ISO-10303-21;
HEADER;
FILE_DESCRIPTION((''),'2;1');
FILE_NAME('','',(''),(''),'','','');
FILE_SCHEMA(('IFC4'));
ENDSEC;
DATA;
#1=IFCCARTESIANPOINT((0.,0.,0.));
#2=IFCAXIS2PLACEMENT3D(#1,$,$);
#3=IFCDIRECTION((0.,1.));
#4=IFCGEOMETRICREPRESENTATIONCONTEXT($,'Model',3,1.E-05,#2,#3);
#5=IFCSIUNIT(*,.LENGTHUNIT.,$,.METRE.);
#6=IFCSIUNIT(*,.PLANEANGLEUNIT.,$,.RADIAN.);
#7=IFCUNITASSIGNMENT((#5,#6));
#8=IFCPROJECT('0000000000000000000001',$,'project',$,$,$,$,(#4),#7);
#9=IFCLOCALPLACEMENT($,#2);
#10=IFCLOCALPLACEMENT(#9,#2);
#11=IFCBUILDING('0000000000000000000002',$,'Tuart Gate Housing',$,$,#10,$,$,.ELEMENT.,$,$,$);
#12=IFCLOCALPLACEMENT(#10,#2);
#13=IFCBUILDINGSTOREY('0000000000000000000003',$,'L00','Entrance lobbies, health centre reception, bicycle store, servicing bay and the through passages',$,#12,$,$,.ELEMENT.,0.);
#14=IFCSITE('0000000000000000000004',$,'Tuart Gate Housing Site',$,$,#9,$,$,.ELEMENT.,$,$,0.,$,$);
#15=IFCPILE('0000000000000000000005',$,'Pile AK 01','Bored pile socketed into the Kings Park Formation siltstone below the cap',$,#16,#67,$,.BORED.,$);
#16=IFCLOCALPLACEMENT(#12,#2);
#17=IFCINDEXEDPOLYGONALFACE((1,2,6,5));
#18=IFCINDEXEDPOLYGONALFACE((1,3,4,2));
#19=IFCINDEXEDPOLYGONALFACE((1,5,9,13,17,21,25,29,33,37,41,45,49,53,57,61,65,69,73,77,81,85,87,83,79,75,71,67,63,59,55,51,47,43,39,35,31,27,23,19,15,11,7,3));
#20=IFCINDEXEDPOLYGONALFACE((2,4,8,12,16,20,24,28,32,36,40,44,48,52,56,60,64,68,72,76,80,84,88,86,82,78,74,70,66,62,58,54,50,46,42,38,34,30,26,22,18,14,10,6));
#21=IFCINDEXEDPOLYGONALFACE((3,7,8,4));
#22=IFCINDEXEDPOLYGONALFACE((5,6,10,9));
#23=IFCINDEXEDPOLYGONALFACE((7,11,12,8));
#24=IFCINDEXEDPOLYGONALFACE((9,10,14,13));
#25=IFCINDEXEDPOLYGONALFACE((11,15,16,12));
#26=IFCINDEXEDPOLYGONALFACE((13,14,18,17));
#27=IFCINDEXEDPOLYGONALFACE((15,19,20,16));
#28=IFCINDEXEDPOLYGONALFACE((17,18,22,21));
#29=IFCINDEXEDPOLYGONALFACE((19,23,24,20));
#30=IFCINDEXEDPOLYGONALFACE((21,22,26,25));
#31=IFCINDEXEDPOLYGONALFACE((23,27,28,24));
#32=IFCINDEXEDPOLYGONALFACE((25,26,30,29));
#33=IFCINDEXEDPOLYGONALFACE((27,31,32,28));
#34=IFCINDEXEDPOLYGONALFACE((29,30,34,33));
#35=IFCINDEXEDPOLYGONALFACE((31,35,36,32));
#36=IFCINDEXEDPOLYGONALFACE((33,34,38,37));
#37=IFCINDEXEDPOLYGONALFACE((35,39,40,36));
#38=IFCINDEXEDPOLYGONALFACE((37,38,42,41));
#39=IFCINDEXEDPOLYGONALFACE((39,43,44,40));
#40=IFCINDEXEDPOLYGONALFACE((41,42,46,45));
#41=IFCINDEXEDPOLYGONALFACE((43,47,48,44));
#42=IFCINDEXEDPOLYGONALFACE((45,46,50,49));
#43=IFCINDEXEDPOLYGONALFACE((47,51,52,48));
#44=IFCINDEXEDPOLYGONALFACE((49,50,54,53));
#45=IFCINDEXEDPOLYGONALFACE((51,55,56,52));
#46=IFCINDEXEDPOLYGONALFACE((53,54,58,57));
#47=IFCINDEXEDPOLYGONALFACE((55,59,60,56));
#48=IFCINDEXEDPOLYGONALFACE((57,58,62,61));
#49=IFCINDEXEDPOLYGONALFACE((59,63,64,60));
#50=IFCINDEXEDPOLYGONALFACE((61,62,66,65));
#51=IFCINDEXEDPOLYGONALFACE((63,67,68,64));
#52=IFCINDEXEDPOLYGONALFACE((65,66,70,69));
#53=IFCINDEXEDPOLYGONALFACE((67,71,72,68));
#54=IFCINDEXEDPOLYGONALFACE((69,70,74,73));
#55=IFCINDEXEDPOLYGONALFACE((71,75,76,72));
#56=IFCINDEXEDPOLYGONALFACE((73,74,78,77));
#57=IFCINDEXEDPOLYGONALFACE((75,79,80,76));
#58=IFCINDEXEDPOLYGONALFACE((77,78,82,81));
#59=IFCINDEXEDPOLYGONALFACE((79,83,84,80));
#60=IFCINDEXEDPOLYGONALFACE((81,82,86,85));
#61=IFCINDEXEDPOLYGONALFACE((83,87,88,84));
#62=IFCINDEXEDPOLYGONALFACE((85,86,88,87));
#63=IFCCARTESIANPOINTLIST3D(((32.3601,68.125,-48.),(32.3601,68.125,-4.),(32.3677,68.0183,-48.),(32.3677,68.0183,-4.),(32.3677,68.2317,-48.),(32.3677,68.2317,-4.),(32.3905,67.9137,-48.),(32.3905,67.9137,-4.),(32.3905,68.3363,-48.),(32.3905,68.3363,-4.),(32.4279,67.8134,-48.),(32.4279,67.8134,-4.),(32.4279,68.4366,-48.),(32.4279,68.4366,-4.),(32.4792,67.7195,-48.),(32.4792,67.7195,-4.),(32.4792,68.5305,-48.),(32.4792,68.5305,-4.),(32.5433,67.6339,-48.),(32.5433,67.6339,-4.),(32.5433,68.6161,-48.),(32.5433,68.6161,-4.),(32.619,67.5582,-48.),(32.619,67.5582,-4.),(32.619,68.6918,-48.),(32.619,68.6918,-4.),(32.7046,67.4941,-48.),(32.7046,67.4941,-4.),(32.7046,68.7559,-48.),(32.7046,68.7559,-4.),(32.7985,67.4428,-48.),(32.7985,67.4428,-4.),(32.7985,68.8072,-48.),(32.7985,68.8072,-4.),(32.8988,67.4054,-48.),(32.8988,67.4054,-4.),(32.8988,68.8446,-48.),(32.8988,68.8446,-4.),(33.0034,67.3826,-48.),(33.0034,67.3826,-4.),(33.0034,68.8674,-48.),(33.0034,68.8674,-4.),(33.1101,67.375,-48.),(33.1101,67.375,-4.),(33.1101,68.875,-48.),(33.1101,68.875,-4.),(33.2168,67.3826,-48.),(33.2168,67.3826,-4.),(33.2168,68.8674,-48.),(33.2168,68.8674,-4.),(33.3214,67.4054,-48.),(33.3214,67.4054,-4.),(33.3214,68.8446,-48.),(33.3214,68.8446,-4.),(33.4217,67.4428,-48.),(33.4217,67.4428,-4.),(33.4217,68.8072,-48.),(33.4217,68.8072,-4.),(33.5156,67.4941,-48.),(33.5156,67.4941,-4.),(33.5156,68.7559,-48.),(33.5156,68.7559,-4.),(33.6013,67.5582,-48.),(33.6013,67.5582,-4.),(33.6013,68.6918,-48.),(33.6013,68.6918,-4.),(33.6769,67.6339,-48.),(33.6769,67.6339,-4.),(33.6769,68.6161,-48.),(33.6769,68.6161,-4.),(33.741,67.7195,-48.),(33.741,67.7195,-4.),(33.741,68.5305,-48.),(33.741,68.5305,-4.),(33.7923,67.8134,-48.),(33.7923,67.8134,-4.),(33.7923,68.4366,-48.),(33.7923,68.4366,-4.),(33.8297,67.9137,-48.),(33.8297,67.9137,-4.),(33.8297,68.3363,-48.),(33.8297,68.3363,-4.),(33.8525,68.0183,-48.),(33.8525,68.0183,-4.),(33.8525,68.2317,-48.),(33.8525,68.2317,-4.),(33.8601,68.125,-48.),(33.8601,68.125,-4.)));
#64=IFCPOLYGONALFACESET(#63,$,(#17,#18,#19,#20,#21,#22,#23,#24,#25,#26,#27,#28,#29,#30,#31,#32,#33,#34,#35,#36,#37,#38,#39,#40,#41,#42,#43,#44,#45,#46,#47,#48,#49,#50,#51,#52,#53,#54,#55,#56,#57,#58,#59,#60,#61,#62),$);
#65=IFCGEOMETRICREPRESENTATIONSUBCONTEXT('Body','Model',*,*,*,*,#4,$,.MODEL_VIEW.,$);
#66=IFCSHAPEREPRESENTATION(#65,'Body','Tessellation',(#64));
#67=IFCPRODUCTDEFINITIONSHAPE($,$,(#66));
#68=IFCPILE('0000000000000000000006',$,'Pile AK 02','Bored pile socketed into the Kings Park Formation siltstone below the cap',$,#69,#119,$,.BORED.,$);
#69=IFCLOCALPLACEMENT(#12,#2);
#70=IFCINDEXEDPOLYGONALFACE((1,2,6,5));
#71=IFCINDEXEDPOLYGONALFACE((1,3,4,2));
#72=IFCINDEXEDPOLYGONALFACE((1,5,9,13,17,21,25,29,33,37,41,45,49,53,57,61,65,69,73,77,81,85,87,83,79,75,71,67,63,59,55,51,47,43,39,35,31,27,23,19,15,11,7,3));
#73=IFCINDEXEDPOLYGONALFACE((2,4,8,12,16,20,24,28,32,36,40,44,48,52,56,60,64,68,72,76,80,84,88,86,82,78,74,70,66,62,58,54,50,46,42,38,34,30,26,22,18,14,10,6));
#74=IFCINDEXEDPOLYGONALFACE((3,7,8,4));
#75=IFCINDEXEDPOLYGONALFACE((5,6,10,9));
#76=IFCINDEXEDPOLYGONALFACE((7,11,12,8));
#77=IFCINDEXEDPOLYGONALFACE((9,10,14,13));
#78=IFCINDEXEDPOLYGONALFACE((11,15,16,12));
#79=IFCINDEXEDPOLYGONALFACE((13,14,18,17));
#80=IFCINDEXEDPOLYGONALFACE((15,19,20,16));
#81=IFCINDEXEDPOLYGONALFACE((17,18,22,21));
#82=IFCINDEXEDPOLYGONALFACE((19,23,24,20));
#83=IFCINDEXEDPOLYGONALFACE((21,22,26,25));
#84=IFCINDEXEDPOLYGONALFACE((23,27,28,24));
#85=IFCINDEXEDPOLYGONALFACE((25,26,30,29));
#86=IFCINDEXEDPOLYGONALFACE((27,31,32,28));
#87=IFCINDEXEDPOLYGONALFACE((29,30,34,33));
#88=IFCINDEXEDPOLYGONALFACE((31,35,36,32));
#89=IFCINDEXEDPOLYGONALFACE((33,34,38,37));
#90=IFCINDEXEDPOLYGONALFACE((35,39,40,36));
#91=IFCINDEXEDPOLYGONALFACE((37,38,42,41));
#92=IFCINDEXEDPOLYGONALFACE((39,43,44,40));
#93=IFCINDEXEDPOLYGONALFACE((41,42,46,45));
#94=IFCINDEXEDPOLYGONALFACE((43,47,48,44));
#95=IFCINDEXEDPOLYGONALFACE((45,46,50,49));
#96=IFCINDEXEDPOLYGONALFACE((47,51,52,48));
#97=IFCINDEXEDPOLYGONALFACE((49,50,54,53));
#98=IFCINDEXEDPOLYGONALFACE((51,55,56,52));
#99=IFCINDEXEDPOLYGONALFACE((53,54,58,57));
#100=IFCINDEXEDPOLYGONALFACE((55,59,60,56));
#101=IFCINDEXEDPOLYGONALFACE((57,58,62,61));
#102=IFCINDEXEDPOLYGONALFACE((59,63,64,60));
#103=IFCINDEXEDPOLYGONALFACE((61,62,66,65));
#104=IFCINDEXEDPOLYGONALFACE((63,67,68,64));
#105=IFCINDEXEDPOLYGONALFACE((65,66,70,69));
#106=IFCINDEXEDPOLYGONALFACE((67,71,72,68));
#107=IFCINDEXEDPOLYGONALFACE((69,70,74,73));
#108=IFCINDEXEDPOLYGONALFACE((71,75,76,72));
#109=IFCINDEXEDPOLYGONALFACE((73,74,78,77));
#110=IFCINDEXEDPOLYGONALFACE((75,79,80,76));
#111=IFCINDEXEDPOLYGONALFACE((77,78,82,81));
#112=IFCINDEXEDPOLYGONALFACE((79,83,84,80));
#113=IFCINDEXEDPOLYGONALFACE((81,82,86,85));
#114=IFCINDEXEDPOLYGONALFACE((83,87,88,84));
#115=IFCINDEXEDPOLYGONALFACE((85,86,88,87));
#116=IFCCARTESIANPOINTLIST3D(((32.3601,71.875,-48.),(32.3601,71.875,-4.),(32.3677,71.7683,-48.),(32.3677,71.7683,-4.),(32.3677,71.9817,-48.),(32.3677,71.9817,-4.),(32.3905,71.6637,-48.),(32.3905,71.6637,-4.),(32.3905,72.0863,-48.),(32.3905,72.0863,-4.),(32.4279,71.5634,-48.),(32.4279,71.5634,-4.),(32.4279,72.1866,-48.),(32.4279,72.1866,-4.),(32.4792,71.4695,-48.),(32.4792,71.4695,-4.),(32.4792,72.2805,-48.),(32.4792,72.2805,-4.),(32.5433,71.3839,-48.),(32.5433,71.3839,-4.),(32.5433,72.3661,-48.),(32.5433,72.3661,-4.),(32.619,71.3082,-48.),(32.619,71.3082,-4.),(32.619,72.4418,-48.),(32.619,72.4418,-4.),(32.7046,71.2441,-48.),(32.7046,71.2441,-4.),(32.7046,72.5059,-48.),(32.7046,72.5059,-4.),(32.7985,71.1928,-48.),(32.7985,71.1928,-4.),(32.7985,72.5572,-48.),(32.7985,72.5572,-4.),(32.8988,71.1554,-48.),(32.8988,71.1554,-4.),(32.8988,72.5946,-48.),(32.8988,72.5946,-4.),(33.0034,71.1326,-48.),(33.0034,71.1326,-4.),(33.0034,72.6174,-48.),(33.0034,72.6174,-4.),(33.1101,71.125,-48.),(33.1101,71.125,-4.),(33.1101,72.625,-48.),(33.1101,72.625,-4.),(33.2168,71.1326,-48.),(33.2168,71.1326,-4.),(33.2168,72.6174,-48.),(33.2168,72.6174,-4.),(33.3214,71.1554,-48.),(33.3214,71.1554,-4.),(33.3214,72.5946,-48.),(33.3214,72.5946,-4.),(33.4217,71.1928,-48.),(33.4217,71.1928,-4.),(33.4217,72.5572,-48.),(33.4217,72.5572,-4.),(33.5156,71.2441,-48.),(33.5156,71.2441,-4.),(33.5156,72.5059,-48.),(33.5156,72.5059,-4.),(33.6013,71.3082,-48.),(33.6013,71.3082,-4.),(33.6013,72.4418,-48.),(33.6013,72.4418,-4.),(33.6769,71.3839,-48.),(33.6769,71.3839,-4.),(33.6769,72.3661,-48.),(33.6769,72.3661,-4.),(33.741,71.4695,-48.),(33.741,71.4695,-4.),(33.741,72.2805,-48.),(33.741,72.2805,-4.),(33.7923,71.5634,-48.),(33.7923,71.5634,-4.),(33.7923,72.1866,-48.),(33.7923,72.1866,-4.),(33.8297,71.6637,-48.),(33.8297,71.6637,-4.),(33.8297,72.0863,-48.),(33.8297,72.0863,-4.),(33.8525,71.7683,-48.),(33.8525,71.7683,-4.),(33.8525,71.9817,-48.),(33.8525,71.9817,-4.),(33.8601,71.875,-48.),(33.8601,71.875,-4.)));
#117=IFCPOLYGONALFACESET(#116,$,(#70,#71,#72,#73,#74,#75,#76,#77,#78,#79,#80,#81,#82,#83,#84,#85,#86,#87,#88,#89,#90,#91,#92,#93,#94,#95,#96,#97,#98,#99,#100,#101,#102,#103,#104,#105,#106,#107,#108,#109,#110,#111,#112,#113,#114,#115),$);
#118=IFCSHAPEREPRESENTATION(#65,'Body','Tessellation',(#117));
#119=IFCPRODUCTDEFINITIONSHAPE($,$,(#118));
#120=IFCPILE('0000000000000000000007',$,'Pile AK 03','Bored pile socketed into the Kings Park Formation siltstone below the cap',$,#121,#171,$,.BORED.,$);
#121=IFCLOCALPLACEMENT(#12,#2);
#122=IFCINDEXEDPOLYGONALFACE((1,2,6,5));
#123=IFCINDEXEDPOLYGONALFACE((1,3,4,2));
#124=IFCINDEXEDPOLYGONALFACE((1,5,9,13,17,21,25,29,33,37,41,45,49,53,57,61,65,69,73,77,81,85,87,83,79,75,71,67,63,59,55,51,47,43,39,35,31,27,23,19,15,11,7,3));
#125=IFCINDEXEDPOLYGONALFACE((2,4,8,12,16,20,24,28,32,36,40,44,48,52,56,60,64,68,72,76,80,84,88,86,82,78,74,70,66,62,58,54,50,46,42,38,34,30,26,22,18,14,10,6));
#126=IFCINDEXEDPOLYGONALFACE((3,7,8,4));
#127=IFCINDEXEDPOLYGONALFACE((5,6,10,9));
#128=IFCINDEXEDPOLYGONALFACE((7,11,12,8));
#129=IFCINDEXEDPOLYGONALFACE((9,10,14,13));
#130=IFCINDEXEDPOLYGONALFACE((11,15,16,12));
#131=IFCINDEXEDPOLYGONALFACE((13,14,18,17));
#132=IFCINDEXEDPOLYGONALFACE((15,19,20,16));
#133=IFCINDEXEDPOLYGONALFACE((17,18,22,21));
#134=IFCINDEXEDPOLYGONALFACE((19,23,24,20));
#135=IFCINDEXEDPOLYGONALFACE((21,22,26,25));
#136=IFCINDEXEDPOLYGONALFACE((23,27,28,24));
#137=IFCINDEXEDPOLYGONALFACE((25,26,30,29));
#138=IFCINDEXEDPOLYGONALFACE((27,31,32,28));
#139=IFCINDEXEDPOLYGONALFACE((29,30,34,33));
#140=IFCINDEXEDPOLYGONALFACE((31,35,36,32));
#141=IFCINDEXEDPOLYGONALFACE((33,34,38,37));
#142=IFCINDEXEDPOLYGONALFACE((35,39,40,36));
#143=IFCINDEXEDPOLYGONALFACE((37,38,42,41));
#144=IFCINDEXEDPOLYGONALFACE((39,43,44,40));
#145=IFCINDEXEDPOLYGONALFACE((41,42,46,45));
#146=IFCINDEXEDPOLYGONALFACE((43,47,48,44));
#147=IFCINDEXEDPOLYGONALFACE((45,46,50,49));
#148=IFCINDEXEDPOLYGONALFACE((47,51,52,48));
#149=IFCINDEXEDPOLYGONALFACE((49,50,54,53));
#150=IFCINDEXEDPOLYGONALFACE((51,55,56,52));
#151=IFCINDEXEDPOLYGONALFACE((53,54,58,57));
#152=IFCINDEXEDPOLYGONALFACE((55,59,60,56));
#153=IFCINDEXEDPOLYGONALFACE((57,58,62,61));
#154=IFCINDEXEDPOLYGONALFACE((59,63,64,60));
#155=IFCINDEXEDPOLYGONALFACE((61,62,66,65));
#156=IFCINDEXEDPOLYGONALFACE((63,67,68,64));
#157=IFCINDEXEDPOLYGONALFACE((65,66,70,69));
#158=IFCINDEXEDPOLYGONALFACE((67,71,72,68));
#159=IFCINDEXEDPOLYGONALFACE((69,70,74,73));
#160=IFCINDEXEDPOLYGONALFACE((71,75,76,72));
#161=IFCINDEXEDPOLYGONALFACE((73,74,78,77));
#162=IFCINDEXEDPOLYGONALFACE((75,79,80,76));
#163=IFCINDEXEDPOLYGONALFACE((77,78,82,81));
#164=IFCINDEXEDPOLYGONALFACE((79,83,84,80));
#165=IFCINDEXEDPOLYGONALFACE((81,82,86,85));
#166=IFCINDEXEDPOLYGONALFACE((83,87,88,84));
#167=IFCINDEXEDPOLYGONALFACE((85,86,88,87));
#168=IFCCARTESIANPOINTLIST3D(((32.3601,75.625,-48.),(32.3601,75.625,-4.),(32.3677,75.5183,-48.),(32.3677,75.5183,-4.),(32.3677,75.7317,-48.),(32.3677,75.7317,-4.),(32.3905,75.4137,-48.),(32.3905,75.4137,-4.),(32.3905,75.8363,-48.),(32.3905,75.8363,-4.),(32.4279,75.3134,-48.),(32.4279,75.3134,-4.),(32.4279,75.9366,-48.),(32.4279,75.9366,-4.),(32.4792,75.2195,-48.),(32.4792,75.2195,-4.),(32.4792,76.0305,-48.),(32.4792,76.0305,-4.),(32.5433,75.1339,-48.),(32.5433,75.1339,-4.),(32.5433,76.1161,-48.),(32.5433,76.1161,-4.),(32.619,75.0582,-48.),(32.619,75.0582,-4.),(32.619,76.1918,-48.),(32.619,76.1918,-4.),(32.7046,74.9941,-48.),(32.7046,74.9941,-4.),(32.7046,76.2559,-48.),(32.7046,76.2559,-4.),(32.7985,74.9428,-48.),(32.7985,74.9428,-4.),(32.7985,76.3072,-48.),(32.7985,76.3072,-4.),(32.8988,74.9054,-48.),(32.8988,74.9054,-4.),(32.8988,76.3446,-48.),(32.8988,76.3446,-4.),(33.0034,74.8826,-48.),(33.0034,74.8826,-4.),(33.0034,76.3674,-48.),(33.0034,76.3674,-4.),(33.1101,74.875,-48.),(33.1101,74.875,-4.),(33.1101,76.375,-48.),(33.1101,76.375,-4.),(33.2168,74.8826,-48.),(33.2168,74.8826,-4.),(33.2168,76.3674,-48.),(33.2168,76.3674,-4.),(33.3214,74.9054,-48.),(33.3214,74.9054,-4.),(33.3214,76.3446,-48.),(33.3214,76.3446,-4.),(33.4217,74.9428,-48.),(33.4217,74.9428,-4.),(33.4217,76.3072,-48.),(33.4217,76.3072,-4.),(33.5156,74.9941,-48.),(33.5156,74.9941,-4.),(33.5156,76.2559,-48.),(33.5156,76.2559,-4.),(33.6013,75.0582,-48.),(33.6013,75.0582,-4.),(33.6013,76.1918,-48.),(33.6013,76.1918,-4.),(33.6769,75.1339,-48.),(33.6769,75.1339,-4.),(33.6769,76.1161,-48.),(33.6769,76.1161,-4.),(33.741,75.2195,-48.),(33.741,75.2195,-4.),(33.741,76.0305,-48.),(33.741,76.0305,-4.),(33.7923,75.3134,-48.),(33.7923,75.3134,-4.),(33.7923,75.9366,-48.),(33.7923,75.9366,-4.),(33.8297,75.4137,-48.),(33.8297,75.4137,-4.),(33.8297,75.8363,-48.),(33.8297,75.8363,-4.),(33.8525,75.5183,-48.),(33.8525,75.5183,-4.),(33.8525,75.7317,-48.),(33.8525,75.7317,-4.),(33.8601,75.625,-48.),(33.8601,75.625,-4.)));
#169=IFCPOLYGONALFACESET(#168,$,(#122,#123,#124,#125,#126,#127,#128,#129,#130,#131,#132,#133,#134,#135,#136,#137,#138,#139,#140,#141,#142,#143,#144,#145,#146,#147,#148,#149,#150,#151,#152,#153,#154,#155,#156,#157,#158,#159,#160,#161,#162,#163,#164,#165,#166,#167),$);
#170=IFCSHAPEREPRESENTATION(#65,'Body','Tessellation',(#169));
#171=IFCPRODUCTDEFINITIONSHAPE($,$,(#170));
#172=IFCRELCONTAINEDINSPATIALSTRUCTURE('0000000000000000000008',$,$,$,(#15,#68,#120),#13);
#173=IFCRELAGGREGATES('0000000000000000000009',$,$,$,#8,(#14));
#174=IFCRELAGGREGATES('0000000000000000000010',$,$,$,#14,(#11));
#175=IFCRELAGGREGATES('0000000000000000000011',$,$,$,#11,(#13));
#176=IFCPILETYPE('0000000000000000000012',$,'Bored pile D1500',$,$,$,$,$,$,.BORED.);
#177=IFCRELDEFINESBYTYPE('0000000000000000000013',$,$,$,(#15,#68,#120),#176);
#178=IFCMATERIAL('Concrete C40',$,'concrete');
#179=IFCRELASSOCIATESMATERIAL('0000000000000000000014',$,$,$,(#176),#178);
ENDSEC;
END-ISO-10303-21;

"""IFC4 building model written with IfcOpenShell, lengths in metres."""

from ifc_helpers import new_model, si_unit, direction, frame, origin, origin_2d, place, context, subcontext, project, spatial, circle, extrude, material, material_profile, profile_set, type_object, element, save


model = new_model("IFC4")

# Units and contexts
model_context = context("Model", 3, precision=1e-05, world=origin(), true_north=direction((0.0, 1.0)))
body_context = subcontext(model_context, "Body", "Model", "MODEL_VIEW")
ifc_project = project(units=[si_unit("LENGTHUNIT", "METRE"), si_unit("PLANEANGLEUNIT", "RADIAN")], contexts=[model_context])

# Site, building, storey
site_placement = place(None, origin())
site = spatial("IfcSite", under=ifc_project, at=site_placement, Name="Tuart Gate Housing Site", CompositionType="ELEMENT", RefElevation=0.0)
building_placement = place(site_placement, origin())
building = spatial("IfcBuilding", under=site, at=building_placement, Name="Tuart Gate Housing", CompositionType="ELEMENT")
storey_placement = place(building_placement, origin())
storey = spatial("IfcBuildingStorey", under=building, at=storey_placement, Name="L00", Description="Entrance lobbies, health centre reception, bicycle store, servicing bay and the through passages", CompositionType="ELEMENT", Elevation=0.0)

# Piles
ifc_material_1 = material(Name="Concrete C40", Category="concrete")
ifc_material_profile = material_profile(ifc_material_1, circle(Radius=0.75, at=origin_2d()), Name="Bored pile D1500")
ifc_profile_set = profile_set([ifc_material_profile], Name="Concrete C40")
pile_type = type_object("IfcPileType", Name="Bored pile D1500", PredefinedType="BORED", material=ifc_profile_set)
for number, where, z_axis, x_axis, name in (
    (1, (33.1101, 68.125, -4.0), (0.0, 0.0, -1.0), (1.0, 0.0, 0.0), "Pile AK 01"),
    (2, (33.1101, 71.875, -4.0), (0.0, 0.0, -1.0), (1.0, 0.0, 0.0), "Pile AK 02"),
    (3, (33.1101, 75.625, -4.0), (0.0, 0.0, -1.0), (1.0, 0.0, 0.0), "Pile AK 03"),
):
    element("IfcPile", number, at=place(storey_placement, frame(where, z_axis=z_axis, x_axis=x_axis)), inside=storey, type_object=pile_type, Name=name, Description="Bored pile socketed into the Kings Park Formation siltstone below the cap", PredefinedType="BORED", context=body_context, shape_type="SweptSolid", body=[
        extrude(circle(Radius=0.75, at=origin_2d()), origin(), (0.0, 0.0, 1.0), 44.0),
    ])

save(model, "model.ifc")
